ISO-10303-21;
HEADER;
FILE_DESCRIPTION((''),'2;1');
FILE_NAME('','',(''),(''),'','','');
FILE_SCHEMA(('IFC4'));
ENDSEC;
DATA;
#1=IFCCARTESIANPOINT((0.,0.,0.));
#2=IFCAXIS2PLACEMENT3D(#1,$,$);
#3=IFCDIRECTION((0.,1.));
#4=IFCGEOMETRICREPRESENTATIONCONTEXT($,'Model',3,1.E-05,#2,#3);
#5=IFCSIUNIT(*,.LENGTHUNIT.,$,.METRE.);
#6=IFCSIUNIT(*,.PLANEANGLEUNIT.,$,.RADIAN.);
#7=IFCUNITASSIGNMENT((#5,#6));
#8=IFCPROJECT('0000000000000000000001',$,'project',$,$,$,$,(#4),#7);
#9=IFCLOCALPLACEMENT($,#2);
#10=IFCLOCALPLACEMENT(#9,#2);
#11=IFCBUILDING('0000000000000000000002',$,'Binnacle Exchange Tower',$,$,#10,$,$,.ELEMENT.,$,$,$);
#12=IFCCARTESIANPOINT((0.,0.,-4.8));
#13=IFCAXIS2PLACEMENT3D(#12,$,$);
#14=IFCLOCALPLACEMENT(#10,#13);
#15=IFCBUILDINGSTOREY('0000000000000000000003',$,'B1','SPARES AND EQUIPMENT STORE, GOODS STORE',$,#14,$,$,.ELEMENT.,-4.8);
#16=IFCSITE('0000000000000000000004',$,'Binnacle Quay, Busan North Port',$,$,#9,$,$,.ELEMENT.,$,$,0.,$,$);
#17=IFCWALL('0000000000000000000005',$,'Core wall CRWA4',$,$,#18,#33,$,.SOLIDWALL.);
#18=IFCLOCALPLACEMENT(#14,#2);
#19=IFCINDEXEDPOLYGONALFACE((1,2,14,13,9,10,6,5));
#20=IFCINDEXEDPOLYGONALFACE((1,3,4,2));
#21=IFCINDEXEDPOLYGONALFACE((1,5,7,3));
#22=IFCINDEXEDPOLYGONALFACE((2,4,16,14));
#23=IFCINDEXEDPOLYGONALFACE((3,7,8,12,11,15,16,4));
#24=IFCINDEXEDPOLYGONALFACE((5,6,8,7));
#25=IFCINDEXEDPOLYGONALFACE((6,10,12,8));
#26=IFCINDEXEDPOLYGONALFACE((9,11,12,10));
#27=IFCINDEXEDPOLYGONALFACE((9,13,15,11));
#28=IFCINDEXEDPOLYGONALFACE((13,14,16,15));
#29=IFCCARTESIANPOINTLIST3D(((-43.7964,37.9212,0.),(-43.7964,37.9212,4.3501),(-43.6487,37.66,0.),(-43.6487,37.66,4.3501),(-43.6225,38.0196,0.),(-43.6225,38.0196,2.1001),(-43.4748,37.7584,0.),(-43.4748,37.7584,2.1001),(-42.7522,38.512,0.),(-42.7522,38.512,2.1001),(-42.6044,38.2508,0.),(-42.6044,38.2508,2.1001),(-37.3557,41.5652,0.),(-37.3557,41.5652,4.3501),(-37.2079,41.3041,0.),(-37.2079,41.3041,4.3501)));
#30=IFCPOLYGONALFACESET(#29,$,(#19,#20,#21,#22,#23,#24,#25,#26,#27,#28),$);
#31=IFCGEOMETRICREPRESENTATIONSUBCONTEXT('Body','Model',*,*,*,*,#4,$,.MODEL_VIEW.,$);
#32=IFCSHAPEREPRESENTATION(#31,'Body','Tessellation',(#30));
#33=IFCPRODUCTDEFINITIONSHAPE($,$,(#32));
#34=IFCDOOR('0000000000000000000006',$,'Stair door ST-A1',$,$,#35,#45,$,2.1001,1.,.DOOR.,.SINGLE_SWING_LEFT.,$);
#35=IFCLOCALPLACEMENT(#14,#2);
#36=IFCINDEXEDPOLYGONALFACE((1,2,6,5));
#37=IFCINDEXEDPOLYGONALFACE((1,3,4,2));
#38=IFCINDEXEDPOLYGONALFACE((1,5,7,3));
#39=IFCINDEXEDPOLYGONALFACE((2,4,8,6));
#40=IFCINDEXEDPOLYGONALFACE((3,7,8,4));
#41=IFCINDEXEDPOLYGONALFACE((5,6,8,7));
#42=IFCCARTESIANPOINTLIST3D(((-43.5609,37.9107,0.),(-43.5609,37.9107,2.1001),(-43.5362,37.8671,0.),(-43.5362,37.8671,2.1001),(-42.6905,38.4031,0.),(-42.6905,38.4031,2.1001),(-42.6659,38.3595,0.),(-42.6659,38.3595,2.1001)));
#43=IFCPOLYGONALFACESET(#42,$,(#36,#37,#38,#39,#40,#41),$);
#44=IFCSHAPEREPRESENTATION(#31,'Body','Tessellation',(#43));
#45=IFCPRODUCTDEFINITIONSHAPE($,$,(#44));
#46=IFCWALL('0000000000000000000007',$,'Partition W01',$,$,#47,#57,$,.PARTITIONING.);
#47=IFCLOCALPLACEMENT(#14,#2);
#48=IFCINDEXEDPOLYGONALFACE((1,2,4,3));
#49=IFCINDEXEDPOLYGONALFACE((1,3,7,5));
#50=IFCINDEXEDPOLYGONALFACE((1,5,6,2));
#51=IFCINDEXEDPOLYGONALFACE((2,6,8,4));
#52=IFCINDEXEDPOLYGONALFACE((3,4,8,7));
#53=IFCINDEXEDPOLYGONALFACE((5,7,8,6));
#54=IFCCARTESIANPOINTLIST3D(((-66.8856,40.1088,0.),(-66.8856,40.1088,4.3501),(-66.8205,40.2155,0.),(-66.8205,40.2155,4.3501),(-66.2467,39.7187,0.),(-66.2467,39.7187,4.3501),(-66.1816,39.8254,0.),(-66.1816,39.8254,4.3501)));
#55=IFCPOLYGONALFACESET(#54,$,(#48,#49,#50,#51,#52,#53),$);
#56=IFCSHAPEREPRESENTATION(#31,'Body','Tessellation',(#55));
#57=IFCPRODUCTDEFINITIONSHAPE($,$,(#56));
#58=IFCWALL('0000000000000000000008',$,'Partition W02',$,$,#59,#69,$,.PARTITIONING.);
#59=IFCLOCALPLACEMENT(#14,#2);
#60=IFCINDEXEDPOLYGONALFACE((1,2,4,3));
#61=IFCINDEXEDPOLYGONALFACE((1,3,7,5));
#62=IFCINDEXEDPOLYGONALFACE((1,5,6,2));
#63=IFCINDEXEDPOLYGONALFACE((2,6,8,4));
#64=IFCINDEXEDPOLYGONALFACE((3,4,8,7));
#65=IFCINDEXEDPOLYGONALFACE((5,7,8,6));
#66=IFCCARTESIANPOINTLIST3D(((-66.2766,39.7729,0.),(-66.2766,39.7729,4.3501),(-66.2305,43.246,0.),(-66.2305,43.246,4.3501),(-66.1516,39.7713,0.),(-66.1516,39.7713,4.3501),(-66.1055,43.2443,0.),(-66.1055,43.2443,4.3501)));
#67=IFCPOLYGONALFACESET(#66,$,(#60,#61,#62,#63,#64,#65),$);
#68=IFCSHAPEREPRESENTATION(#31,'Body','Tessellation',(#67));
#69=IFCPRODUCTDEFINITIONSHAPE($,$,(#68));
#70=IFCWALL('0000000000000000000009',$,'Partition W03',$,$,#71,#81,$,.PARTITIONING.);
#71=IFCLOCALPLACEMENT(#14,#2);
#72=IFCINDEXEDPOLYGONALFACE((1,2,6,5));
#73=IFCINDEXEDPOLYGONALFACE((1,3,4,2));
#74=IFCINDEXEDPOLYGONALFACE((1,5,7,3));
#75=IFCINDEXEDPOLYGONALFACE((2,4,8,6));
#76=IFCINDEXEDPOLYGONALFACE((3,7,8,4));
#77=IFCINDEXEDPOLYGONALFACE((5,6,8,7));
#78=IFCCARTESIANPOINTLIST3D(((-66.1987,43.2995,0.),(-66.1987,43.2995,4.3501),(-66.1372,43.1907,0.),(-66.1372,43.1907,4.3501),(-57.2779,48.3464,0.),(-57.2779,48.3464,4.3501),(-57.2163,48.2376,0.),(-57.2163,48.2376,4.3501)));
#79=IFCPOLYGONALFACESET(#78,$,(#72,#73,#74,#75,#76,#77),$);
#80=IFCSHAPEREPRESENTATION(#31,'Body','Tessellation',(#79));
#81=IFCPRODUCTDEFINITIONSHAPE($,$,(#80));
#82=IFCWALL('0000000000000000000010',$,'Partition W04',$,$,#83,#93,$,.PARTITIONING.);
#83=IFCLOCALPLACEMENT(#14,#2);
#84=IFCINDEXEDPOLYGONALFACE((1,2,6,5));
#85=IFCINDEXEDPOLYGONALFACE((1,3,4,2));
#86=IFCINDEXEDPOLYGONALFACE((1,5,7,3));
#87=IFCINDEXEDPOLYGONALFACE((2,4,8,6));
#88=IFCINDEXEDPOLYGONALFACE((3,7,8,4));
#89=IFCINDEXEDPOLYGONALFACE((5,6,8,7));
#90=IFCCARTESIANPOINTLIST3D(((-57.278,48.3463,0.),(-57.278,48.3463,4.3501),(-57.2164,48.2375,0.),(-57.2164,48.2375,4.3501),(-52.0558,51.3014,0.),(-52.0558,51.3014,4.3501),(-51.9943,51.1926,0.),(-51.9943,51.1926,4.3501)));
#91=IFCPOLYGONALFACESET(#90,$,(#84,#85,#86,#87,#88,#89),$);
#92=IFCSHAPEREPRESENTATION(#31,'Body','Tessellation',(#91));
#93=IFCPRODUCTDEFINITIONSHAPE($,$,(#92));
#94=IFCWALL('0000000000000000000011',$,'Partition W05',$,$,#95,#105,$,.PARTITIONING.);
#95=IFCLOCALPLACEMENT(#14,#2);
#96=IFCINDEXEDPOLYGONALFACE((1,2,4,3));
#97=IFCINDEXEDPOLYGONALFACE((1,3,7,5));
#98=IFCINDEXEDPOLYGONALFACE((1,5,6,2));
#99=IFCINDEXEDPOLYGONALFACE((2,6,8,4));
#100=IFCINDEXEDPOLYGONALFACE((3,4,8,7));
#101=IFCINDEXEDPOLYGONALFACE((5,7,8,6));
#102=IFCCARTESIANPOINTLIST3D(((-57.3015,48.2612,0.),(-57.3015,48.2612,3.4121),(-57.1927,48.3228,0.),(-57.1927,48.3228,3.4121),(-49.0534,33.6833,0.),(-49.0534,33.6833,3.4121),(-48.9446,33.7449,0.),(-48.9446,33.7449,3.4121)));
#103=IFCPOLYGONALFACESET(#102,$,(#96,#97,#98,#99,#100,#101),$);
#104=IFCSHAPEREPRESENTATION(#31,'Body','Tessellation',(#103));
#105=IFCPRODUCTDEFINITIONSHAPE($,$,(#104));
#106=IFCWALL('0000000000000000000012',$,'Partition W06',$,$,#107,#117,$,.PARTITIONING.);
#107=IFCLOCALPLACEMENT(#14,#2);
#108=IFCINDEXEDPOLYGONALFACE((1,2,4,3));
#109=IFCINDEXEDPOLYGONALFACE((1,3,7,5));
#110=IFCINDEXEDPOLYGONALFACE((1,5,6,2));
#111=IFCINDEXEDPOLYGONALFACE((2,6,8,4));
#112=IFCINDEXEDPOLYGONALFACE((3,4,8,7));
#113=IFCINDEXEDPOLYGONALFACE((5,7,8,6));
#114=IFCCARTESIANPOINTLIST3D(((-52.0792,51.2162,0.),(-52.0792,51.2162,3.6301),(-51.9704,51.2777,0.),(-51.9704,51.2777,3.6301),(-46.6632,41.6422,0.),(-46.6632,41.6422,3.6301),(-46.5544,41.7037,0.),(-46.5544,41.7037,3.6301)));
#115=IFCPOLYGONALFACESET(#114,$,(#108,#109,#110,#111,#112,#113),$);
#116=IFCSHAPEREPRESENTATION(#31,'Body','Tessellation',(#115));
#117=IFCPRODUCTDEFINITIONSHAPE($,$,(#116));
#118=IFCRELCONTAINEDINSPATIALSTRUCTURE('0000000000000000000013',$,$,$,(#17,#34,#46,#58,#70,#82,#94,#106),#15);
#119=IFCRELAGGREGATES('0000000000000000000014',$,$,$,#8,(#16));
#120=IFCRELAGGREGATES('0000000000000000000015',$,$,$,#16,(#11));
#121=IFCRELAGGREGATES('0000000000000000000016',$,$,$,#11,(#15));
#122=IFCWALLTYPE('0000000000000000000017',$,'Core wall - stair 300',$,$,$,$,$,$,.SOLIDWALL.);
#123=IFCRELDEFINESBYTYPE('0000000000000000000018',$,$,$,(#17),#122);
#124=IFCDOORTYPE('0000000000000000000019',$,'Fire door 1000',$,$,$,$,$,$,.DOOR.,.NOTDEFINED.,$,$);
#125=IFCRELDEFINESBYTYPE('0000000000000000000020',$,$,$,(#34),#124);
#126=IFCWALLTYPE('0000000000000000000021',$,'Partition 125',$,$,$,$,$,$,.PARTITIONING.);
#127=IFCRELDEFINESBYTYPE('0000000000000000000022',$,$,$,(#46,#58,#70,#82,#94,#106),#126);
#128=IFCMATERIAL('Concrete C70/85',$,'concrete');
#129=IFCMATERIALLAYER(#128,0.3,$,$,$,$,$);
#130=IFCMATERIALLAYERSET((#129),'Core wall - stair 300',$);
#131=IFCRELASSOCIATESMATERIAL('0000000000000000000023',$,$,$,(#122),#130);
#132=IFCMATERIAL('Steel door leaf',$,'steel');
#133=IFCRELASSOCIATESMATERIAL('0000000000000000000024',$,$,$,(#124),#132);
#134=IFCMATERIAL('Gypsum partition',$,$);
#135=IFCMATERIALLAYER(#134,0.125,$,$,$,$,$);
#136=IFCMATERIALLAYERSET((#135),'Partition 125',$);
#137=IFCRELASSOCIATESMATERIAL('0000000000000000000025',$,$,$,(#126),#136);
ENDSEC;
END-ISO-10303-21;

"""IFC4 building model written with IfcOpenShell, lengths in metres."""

from ifc_helpers import new_model, si_unit, direction, frame, frame_2d, origin, place, context, subcontext, project, spatial, rectangle, extrude, material, layer, layer_set, type_object, element, fill, save


model = new_model("IFC4")

# Units and contexts
model_context = context("Model", 3, precision=1e-05, world=origin(), true_north=direction((0.0, 1.0)))
body_context = subcontext(model_context, "Body", "Model", "MODEL_VIEW")
ifc_project = project(units=[si_unit("LENGTHUNIT", "METRE"), si_unit("PLANEANGLEUNIT", "RADIAN")], contexts=[model_context])

# Site, building, storey
site_placement = place(None, origin())
site = spatial("IfcSite", under=ifc_project, at=site_placement, Name="Binnacle Quay, Busan North Port", CompositionType="ELEMENT", RefElevation=0.0)
building_placement = place(site_placement, origin())
building = spatial("IfcBuilding", under=site, at=building_placement, Name="Binnacle Exchange Tower", CompositionType="ELEMENT")
storey_placement = place(building_placement, frame((0.0, 0.0, -4.8)))
storey = spatial("IfcBuildingStorey", under=building, at=storey_placement, Name="B1", Description="SPARES AND EQUIPMENT STORE, GOODS STORE", CompositionType="ELEMENT", Elevation=-4.8)

# Shared definitions
ifc_material_1 = material(Name="Concrete C70/85", Category="concrete")

# Wall, opening, door
ifc_material_2 = material(Name="Steel door leaf", Category="steel")
ifc_layer_1 = layer(ifc_material_1, 0.3)
ifc_layer_set_1 = layer_set([ifc_layer_1], Name="Core wall - stair 300")
wall_type_1 = type_object("IfcWallType", Name="Core wall - stair 300", PredefinedType="SOLIDWALL", material=ifc_layer_set_1)
wall_1_placement = place(storey_placement, frame((-43.7227, 37.7905, 0.0), z_axis=(0.0, 0.0, 1.0), x_axis=(0.870351, 0.492432, 0.0)))
wall_1 = element("IfcWall", 1, at=wall_1_placement, inside=storey, type_object=wall_type_1, Name="Core wall CRWA4", PredefinedType="SOLIDWALL", context=body_context, shape_type="SweptSolid", body=[
    extrude(rectangle(XDim=7.4001, YDim=0.3, at=frame_2d((3.7002, 0.0))), origin(), (0.0, 0.0, 1.0), 4.3501),
])
opening_1_placement = place(wall_1_placement, frame((0.2, 0.0, 0.0)))
opening_1 = element("IfcOpeningElement", 2, at=opening_1_placement, cuts=wall_1, PredefinedType="OPENING", context=body_context, shape_type="SweptSolid", body=[
    extrude(rectangle(XDim=1.0, YDim=2.1001, at=frame_2d((0.5, 1.05))), frame((0.0, 0.1599, 0.0), z_axis=(0.0, -1.0, 0.0), x_axis=(1.0, 0.0, 0.0)), (0.0, 0.0, 1.0), 0.3201),
])
door_type_1 = type_object("IfcDoorType", Name="Fire door 1000", OperationType="NOTDEFINED", PredefinedType="DOOR", material=ifc_material_2)
door_1_placement = place(opening_1_placement, origin())
door_1 = element("IfcDoor", 3, at=door_1_placement, inside=storey, type_object=door_type_1, Name="Stair door ST-A1", OperationType="SINGLE_SWING_LEFT", OverallHeight=2.1001, OverallWidth=1.0, PredefinedType="DOOR", context=body_context, shape_type="SweptSolid", body=[
    extrude(rectangle(XDim=1.0, YDim=2.1001, at=frame_2d((0.5, 1.05))), frame((0.0, 0.0249, 0.0), z_axis=(0.0, -1.0, 0.0), x_axis=(1.0, 0.0, 0.0)), (0.0, 0.0, 1.0), 0.05),
])
fill(opening_1, door_1)

# Walls
ifc_material_3 = material(Name="Gypsum partition")
ifc_layer_2 = layer(ifc_material_3, 0.125)
ifc_layer_set_2 = layer_set([ifc_layer_2], Name="Partition 125")
wall_type_2 = type_object("IfcWallType", Name="Partition 125", PredefinedType="PARTITIONING", material=ifc_layer_set_2)
wall_2_placement = place(storey_placement, frame((-66.853, 40.1621, 0.0), z_axis=(0.0, 0.0, 1.0), x_axis=(0.853467, -0.521147, 0.0)))
element("IfcWall", 4, at=wall_2_placement, inside=storey, type_object=wall_type_2, Name="Partition W01", PredefinedType="PARTITIONING", context=body_context, shape_type="SweptSolid", body=[
    extrude(rectangle(XDim=0.7485, YDim=0.125, at=frame_2d((0.3743, 0.0))), origin(), (0.0, 0.0, 1.0), 4.3501),
])
wall_3_placement = place(storey_placement, frame((-66.2141, 39.772, 0.0), z_axis=(0.0, 0.0, 1.0), x_axis=(0.013284, 0.999912, 0.0)))
element("IfcWall", 5, at=wall_3_placement, inside=storey, type_object=wall_type_2, Name="Partition W02", PredefinedType="PARTITIONING", context=body_context, shape_type="SweptSolid", body=[
    extrude(rectangle(XDim=3.4734, YDim=0.125, at=frame_2d((1.7368, 0.0))), origin(), (0.0, 0.0, 1.0), 4.3501),
])
wall_4_placement = place(storey_placement, frame((-66.168, 43.2451, 0.0), z_axis=(0.0, 0.0, 1.0), x_axis=(0.870369, 0.492399, 0.0)))
element("IfcWall", 6, at=wall_4_placement, inside=storey, type_object=wall_type_2, Name="Partition W03", PredefinedType="PARTITIONING", context=body_context, shape_type="SweptSolid", body=[
    extrude(rectangle(XDim=10.2495, YDim=0.125, at=frame_2d((5.1248, 0.0))), origin(), (0.0, 0.0, 1.0), 4.3501),
])
wall_5_placement = place(storey_placement, frame((-57.2471, 48.292, 0.0), z_axis=(0.0, 0.0, 1.0), x_axis=(0.870319, 0.492489, 0.0)))
element("IfcWall", 7, at=wall_5_placement, inside=storey, type_object=wall_type_2, Name="Partition W04", PredefinedType="PARTITIONING", context=body_context, shape_type="SweptSolid", body=[
    extrude(rectangle(XDim=6.0002, YDim=0.125, at=frame_2d((3.0, 0.0))), origin(), (0.0, 0.0, 1.0), 4.3501),
])
wall_6_placement = place(storey_placement, frame((-57.2471, 48.292, 0.0), z_axis=(0.0, 0.0, 1.0), x_axis=(0.492436, -0.870349, 0.0)))
element("IfcWall", 8, at=wall_6_placement, inside=storey, type_object=wall_type_2, Name="Partition W05", PredefinedType="PARTITIONING", context=body_context, shape_type="SweptSolid", body=[
    extrude(rectangle(XDim=16.7495, YDim=0.125, at=frame_2d((8.3748, 0.0))), origin(), (0.0, 0.0, 1.0), 3.4121),
])
wall_7_placement = place(storey_placement, frame((-52.0249, 51.2471, 0.0), z_axis=(0.0, 0.0, 1.0), x_axis=(0.492377, -0.870382, 0.0)))
element("IfcWall", 9, at=wall_7_placement, inside=storey, type_object=wall_type_2, Name="Partition W06", PredefinedType="PARTITIONING", context=body_context, shape_type="SweptSolid", body=[
    extrude(rectangle(XDim=10.9998, YDim=0.125, at=frame_2d((5.5, 0.0))), origin(), (0.0, 0.0, 1.0), 3.6301),
])

save(model, "model.ifc")
